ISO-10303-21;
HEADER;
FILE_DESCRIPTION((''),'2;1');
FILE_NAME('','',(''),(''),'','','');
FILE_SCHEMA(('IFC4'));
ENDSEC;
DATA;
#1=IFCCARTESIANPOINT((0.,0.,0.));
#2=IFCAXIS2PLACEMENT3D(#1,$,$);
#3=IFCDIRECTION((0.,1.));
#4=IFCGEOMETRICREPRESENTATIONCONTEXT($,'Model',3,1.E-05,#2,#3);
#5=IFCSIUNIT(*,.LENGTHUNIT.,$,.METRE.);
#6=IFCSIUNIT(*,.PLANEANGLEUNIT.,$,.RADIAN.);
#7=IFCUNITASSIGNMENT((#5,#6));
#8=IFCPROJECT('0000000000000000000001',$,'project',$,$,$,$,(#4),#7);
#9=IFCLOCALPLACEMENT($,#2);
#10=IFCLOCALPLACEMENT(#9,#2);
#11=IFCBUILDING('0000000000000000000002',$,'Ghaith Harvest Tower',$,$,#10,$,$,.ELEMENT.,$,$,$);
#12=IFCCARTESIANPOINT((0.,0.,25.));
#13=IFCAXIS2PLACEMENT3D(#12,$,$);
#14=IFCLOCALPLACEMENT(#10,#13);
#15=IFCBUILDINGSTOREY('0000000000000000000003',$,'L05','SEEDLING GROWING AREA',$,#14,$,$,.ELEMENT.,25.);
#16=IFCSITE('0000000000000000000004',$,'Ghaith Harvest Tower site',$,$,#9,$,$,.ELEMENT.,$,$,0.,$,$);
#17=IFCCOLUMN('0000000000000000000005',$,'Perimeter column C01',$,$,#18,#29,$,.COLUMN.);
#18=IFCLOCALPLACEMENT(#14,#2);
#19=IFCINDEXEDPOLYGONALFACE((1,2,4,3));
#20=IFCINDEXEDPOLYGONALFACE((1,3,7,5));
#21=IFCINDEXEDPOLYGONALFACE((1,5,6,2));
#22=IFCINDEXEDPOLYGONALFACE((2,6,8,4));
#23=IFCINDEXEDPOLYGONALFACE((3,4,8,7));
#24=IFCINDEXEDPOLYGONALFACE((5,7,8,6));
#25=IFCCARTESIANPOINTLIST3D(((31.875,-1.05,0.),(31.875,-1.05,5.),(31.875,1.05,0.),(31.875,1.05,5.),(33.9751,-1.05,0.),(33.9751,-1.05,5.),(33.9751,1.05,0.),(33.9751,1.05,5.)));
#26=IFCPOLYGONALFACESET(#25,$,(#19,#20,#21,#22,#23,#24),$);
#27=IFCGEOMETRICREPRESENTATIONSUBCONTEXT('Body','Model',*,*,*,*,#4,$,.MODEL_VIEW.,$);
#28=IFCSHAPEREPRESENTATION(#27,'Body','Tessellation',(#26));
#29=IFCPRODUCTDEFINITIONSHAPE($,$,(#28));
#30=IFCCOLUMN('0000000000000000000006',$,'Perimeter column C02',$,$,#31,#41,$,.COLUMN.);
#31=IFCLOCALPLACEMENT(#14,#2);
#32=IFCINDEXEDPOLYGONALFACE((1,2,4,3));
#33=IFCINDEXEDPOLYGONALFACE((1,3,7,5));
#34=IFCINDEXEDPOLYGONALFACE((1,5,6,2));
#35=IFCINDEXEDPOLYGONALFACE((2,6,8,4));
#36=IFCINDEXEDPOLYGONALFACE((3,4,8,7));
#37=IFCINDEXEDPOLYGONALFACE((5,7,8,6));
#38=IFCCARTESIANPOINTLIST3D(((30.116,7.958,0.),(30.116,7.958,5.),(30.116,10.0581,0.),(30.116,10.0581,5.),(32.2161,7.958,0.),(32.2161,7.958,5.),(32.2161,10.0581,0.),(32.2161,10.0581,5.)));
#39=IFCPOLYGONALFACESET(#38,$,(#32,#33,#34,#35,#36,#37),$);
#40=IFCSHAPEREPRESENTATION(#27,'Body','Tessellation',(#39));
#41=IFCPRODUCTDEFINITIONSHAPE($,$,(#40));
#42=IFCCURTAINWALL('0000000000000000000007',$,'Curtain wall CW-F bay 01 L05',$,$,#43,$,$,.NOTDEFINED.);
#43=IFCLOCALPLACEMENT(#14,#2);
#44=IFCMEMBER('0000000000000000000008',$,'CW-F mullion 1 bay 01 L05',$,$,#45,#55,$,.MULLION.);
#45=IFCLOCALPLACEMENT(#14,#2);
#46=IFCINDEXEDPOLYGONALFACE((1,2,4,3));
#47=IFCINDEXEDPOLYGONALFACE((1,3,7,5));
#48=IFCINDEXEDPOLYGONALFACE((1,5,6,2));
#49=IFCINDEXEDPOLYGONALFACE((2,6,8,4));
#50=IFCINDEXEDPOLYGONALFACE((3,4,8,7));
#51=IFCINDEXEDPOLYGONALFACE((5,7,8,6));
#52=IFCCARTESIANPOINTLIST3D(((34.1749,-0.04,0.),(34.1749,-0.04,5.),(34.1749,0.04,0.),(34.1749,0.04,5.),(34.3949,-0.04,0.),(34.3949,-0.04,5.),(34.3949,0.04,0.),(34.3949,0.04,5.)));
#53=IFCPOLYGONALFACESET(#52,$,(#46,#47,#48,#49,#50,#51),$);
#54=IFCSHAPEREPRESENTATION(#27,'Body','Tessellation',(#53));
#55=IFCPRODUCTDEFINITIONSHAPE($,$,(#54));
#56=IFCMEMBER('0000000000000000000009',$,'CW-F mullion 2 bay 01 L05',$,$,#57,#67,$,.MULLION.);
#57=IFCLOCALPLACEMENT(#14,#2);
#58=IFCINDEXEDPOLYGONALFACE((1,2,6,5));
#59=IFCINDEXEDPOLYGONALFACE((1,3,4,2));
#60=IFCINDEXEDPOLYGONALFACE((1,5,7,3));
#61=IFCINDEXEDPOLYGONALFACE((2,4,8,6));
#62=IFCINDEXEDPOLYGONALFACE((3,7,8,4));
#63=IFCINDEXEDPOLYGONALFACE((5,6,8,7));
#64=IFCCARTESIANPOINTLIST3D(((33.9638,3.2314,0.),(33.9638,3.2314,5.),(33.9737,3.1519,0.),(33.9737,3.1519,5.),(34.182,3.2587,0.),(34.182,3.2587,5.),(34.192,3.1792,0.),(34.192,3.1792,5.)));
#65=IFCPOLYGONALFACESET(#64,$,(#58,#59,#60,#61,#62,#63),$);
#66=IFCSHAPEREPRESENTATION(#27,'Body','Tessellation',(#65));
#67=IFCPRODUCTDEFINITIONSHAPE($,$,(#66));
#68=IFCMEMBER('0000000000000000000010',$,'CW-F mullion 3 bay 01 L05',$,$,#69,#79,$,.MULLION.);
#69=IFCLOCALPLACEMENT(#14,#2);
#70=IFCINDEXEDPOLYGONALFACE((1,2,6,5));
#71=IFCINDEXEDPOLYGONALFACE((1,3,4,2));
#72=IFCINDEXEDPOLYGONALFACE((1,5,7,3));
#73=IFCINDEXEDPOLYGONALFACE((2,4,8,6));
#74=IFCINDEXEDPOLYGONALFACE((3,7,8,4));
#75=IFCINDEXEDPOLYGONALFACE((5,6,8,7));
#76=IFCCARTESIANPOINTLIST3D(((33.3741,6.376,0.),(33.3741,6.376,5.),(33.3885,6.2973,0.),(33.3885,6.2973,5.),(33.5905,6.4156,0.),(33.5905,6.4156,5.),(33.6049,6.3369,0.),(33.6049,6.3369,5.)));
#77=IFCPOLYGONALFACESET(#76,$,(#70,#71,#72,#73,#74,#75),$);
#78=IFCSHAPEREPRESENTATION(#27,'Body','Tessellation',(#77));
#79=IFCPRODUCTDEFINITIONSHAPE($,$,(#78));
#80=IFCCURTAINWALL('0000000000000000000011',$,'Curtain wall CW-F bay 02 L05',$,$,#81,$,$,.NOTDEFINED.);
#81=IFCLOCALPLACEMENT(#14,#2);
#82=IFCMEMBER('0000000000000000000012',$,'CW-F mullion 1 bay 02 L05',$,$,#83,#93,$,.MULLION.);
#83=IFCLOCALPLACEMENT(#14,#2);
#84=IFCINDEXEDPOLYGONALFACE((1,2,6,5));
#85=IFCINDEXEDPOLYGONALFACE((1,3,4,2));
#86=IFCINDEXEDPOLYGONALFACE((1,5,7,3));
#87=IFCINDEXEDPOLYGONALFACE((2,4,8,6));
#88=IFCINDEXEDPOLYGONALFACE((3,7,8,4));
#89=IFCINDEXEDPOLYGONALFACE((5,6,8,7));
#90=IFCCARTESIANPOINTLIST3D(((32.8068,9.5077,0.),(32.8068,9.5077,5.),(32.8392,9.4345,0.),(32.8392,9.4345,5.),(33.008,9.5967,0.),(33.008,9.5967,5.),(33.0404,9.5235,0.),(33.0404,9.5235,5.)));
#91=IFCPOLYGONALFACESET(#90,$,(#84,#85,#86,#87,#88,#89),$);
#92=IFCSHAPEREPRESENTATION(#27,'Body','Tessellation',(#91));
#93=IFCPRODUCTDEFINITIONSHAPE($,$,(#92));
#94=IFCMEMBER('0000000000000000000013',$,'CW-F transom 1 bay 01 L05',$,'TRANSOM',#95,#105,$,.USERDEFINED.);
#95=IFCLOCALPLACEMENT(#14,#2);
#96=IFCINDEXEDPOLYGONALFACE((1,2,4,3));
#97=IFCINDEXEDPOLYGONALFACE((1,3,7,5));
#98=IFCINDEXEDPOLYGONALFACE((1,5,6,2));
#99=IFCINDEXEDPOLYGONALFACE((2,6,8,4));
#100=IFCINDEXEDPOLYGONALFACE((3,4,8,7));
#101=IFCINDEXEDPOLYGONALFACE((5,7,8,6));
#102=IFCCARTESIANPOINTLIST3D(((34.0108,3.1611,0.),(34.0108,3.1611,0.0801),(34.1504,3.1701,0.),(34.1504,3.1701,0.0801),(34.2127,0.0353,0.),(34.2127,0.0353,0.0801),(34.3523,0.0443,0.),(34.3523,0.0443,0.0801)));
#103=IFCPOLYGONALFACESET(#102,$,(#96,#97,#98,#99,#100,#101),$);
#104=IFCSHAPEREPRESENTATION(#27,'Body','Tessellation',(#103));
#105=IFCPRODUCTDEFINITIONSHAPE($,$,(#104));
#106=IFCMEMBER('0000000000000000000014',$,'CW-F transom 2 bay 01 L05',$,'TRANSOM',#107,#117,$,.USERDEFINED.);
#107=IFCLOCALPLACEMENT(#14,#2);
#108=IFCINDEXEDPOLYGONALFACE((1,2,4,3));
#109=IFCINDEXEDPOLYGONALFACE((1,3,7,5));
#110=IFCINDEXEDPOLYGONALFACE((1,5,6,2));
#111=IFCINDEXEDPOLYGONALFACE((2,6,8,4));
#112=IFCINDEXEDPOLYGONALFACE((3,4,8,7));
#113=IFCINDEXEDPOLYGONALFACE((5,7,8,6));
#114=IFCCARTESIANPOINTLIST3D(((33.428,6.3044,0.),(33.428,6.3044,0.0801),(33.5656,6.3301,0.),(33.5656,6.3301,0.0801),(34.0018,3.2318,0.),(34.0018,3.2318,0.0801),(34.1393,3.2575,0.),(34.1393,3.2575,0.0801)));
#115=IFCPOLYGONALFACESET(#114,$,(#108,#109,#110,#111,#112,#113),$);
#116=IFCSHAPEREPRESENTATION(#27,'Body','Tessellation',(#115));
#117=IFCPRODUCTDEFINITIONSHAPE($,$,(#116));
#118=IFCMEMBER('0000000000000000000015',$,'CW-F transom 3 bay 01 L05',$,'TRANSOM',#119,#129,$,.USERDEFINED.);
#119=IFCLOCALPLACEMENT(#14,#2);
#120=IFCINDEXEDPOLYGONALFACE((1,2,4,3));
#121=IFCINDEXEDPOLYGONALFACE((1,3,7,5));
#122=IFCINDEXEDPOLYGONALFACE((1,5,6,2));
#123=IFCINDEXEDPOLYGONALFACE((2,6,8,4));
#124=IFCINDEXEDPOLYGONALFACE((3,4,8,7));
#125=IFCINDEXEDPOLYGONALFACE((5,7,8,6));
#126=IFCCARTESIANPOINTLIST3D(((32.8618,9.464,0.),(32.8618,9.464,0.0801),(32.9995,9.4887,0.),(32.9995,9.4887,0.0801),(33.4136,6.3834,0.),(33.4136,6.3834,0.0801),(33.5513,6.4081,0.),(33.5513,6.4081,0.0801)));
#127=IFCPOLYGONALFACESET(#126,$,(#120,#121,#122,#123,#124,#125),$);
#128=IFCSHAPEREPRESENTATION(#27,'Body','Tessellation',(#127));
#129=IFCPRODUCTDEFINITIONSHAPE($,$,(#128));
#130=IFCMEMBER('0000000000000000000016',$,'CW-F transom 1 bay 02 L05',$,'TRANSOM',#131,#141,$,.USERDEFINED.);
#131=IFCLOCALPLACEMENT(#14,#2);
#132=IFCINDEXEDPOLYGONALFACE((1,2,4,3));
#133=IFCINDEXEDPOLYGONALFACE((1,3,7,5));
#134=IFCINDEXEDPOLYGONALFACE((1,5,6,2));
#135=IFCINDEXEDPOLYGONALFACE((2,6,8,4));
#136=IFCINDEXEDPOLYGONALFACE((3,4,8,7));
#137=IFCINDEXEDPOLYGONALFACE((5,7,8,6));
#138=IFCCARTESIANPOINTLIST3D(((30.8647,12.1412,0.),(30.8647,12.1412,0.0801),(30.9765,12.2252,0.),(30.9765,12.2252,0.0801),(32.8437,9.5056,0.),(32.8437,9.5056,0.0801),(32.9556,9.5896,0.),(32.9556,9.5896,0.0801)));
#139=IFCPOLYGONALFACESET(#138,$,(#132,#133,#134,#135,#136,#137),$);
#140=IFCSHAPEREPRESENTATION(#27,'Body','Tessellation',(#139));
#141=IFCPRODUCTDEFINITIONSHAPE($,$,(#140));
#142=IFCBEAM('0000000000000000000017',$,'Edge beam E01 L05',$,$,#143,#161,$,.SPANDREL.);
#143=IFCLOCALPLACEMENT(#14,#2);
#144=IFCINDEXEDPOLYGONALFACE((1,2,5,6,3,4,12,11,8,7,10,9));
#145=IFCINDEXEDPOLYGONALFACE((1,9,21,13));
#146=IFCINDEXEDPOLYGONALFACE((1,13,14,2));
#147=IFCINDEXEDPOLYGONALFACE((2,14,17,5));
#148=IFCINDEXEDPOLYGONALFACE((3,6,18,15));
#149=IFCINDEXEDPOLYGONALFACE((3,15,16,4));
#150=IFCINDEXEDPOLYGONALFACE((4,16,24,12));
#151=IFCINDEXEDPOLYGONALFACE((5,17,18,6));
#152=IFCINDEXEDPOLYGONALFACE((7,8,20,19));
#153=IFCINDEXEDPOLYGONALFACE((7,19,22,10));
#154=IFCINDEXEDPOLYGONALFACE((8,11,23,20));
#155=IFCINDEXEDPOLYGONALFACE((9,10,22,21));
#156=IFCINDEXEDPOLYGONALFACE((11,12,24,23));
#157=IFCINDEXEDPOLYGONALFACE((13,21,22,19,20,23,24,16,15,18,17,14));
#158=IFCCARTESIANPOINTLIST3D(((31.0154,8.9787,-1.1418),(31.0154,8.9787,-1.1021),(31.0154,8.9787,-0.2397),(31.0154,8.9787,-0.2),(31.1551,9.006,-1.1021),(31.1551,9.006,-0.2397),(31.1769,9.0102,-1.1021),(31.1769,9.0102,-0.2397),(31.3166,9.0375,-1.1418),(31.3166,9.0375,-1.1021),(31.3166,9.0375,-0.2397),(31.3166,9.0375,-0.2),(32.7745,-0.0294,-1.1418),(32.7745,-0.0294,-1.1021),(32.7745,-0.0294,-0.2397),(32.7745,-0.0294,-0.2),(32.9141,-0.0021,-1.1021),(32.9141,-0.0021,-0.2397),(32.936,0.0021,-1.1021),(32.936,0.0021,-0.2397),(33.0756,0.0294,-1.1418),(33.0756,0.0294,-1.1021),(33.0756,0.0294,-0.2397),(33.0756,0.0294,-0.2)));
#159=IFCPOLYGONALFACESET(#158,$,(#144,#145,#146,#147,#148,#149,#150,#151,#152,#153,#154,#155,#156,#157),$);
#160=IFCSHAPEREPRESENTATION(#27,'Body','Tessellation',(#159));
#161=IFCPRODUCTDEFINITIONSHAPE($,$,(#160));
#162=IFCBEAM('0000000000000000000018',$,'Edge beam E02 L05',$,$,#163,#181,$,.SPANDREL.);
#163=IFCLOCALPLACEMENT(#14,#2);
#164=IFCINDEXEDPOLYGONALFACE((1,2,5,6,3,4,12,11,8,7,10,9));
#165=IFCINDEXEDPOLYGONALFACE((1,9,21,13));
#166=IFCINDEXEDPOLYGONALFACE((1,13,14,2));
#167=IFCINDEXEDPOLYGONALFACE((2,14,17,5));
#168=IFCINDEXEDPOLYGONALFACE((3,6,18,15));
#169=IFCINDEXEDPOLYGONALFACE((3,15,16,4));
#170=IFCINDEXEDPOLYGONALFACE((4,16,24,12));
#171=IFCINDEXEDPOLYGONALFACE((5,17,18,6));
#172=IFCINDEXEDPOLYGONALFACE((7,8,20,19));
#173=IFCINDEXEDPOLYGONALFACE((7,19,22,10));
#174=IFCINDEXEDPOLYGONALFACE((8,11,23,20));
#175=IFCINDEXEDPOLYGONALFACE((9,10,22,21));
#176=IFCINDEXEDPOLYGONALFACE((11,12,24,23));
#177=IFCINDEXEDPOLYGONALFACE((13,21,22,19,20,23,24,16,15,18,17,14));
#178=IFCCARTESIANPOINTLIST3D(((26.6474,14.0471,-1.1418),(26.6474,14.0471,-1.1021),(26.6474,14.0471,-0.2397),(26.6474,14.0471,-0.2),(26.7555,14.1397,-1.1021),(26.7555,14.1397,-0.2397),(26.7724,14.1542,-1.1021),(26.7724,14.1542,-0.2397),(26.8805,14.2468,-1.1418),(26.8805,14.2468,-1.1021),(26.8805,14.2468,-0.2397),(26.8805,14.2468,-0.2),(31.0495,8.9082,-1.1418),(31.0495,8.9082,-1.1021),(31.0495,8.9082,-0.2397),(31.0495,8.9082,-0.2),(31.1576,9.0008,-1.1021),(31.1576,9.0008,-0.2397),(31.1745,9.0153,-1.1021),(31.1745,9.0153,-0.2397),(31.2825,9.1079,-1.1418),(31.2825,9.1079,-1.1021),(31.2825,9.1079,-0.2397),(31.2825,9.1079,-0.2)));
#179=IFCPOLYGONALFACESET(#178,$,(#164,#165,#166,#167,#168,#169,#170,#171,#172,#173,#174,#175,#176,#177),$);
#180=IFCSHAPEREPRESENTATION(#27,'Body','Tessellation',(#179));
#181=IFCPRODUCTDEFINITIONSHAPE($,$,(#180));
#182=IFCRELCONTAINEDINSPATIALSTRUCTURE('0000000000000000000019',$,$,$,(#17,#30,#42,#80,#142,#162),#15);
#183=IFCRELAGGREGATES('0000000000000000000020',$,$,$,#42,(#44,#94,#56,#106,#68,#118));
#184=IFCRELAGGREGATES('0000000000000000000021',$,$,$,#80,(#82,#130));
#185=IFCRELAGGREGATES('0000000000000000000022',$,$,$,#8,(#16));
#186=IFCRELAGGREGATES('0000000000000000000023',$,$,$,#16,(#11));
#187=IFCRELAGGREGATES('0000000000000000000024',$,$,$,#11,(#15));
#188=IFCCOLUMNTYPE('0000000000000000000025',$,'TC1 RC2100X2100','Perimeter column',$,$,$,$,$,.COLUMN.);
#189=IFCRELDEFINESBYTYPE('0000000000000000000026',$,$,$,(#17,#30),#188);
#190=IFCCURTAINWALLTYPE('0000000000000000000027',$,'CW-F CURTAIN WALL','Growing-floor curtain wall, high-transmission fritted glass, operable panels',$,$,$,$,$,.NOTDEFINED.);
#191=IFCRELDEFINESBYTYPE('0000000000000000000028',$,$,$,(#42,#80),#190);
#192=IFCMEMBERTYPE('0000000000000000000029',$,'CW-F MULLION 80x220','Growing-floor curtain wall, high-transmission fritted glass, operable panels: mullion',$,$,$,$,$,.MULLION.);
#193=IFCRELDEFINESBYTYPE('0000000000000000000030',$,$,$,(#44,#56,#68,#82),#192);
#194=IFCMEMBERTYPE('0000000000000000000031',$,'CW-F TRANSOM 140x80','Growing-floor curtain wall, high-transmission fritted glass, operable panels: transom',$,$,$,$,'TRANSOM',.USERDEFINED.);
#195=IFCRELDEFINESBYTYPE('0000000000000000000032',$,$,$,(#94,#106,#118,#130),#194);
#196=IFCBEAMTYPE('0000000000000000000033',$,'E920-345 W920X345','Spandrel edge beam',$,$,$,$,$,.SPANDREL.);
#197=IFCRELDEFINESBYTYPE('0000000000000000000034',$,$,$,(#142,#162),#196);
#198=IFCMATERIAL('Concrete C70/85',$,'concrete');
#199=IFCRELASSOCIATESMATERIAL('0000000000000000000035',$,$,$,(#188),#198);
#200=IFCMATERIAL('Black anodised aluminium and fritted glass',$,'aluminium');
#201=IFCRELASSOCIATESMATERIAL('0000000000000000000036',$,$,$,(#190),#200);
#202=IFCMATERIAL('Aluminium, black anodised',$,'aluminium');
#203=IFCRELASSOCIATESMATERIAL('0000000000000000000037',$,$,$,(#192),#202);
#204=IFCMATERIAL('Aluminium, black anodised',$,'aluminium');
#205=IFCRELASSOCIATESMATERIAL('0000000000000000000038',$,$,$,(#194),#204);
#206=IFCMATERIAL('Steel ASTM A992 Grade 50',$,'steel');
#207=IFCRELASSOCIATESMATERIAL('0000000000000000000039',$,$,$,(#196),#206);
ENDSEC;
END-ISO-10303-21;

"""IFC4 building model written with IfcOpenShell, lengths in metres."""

from ifc_helpers import new_model, si_unit, direction, frame, origin, origin_2d, place, context, subcontext, project, spatial, rectangle, i_section, extrude, material, material_profile, profile_set, type_object, element, aggregate, save


model = new_model("IFC4")

# Units and contexts
model_context = context("Model", 3, precision=1e-05, world=origin(), true_north=direction((0.0, 1.0)))
body_context = subcontext(model_context, "Body", "Model", "MODEL_VIEW")
ifc_project = project(units=[si_unit("LENGTHUNIT", "METRE"), si_unit("PLANEANGLEUNIT", "RADIAN")], contexts=[model_context])

# Site, building, storey
site_placement = place(None, origin())
site = spatial("IfcSite", under=ifc_project, at=site_placement, Name="Ghaith Harvest Tower site", CompositionType="ELEMENT", RefElevation=0.0)
building_placement = place(site_placement, origin())
building = spatial("IfcBuilding", under=site, at=building_placement, Name="Ghaith Harvest Tower", CompositionType="ELEMENT")
storey_placement = place(building_placement, frame((0.0, 0.0, 25.0)))
storey = spatial("IfcBuildingStorey", under=building, at=storey_placement, Name="L05", Description="SEEDLING GROWING AREA", CompositionType="ELEMENT", Elevation=25.0)

# Columns
ifc_material_1 = material(Name="Concrete C70/85", Category="concrete")
ifc_material_profile_1 = material_profile(ifc_material_1, rectangle(XDim=2.1001, YDim=2.1001, at=origin_2d()), Name="RC2100X2100")
ifc_profile_set_1 = profile_set([ifc_material_profile_1], Name="Concrete C70/85")
column_type = type_object("IfcColumnType", Name="TC1 RC2100X2100", Description="Perimeter column", PredefinedType="COLUMN", material=ifc_profile_set_1)
for number, where, z_axis, x_axis, name in (
    (1, (32.925, 0.0, 0.0), (0.0, 0.0, 1.0), (1.0, 0.0, 0.0), "Perimeter column C01"),
    (2, (31.166, 9.0081, 0.0), (0.0, 0.0, 1.0), (1.0, 0.0, 0.0), "Perimeter column C02"),
):
    element("IfcColumn", number, at=place(storey_placement, frame(where, z_axis=z_axis, x_axis=x_axis)), inside=storey, type_object=column_type, Name=name, PredefinedType="COLUMN", context=body_context, shape_type="SweptSolid", body=[
        extrude(rectangle(XDim=2.1001, YDim=2.1001, at=origin_2d()), origin(), (0.0, 0.0, 1.0), 5.0),
    ])

# Curtain wall, members
ifc_material_2 = material(Name="Black anodised aluminium and fritted glass", Category="aluminium")
curtain_wall_type = type_object("IfcCurtainWallType", Name="CW-F CURTAIN WALL", Description="Growing-floor curtain wall, high-transmission fritted glass, operable panels", PredefinedType="NOTDEFINED", material=ifc_material_2)
curtain_wall_1_placement = place(storey_placement, origin())
curtain_wall_1 = element("IfcCurtainWall", 3, at=curtain_wall_1_placement, inside=storey, type_object=curtain_wall_type, Name="Curtain wall CW-F bay 01 L05", PredefinedType="NOTDEFINED")
ifc_material_3 = material(Name="Aluminium, black anodised", Category="aluminium")
ifc_material_profile_2 = material_profile(ifc_material_3, rectangle(XDim=0.0801, YDim=0.22, at=origin_2d()), Name="CW-F MULLION 80x220")
ifc_profile_set_2 = profile_set([ifc_material_profile_2], Name="Aluminium, black anodised")
member_type_1 = type_object("IfcMemberType", Name="CW-F MULLION 80x220", Description="Growing-floor curtain wall, high-transmission fritted glass, operable panels: mullion", PredefinedType="MULLION", material=ifc_profile_set_2)
member_1_placement = place(storey_placement, frame((34.2849, 0.0, 0.0), z_axis=(0.0, 0.0, 1.0), x_axis=(0.0, 1.0, 0.0)))
member_1 = element("IfcMember", 4, at=member_1_placement, type_object=member_type_1, Name="CW-F mullion 1 bay 01 L05", PredefinedType="MULLION", context=body_context, shape_type="SweptSolid", body=[
    extrude(rectangle(XDim=0.0801, YDim=0.22, at=origin_2d()), origin(), (0.0, 0.0, 1.0), 5.0),
])
member_2_placement = place(storey_placement, frame((34.0779, 3.2053, 0.0), z_axis=(0.0, 0.0, 1.0), x_axis=(-0.12417, 0.992261, 0.0)))
member_2 = element("IfcMember", 5, at=member_2_placement, type_object=member_type_1, Name="CW-F mullion 2 bay 01 L05", PredefinedType="MULLION", context=body_context, shape_type="SweptSolid", body=[
    extrude(rectangle(XDim=0.0801, YDim=0.22, at=origin_2d()), origin(), (0.0, 0.0, 1.0), 5.0),
])
member_3_placement = place(storey_placement, frame((33.4895, 6.3564, 0.0), z_axis=(0.0, 0.0, 1.0), x_axis=(-0.179943, 0.983677, 0.0)))
member_3 = element("IfcMember", 6, at=member_3_placement, type_object=member_type_1, Name="CW-F mullion 3 bay 01 L05", PredefinedType="MULLION", context=body_context, shape_type="SweptSolid", body=[
    extrude(rectangle(XDim=0.0801, YDim=0.22, at=origin_2d()), origin(), (0.0, 0.0, 1.0), 5.0),
])

# Curtain wall, member
curtain_wall_2_placement = place(storey_placement, origin())
curtain_wall_2 = element("IfcCurtainWall", 7, at=curtain_wall_2_placement, inside=storey, type_object=curtain_wall_type, Name="Curtain wall CW-F bay 02 L05", PredefinedType="NOTDEFINED")
member_4_placement = place(storey_placement, frame((32.9236, 9.5156, 0.0), z_axis=(0.0, 0.0, 1.0), x_axis=(-0.404702, 0.914449, 0.0)))
member_4 = element("IfcMember", 8, at=member_4_placement, type_object=member_type_1, Name="CW-F mullion 1 bay 02 L05", PredefinedType="MULLION", context=body_context, shape_type="SweptSolid", body=[
    extrude(rectangle(XDim=0.0801, YDim=0.22, at=origin_2d()), origin(), (0.0, 0.0, 1.0), 5.0),
])

# Members
ifc_material_4 = material(Name="Aluminium, black anodised", Category="aluminium")
ifc_material_profile_3 = material_profile(ifc_material_4, rectangle(XDim=0.1399, YDim=0.0801, at=origin_2d()), Name="CW-F TRANSOM 140x80")
ifc_profile_set_3 = profile_set([ifc_material_profile_3], Name="Aluminium, black anodised")
member_type_2 = type_object("IfcMemberType", Name="CW-F TRANSOM 140x80", Description="Growing-floor curtain wall, high-transmission fritted glass, operable panels: transom", ElementType="TRANSOM", PredefinedType="USERDEFINED", material=ifc_profile_set_3)
member_5_placement = place(storey_placement, frame((34.2825, 0.0398, 0.04), z_axis=(-0.06446, 0.99792, 0.0), x_axis=(-0.99792, -0.06446, 0.0)))
member_5 = element("IfcMember", 9, at=member_5_placement, type_object=member_type_2, Name="CW-F transom 1 bay 01 L05", ObjectType="TRANSOM", PredefinedType="USERDEFINED", context=body_context, shape_type="SweptSolid", body=[
    extrude(rectangle(XDim=0.1399, YDim=0.0801, at=origin_2d()), origin(), (0.0, 0.0, 1.0), 3.1323),
])
member_6_placement = place(storey_placement, frame((34.0706, 3.2446, 0.04), z_axis=(-0.183557, 0.983009, 0.0), x_axis=(-0.983009, -0.183557, 0.0)))
member_6 = element("IfcMember", 10, at=member_6_placement, type_object=member_type_2, Name="CW-F transom 2 bay 01 L05", ObjectType="TRANSOM", PredefinedType="USERDEFINED", context=body_context, shape_type="SweptSolid", body=[
    extrude(rectangle(XDim=0.1399, YDim=0.0801, at=origin_2d()), origin(), (0.0, 0.0, 1.0), 3.1257),
])
member_7_placement = place(storey_placement, frame((33.4824, 6.3958, 0.04), z_axis=(-0.176304, 0.984336, 0.0), x_axis=(-0.984336, -0.176304, 0.0)))
member_7 = element("IfcMember", 11, at=member_7_placement, type_object=member_type_2, Name="CW-F transom 3 bay 01 L05", ObjectType="TRANSOM", PredefinedType="USERDEFINED", context=body_context, shape_type="SweptSolid", body=[
    extrude(rectangle(XDim=0.1399, YDim=0.0801, at=origin_2d()), origin(), (0.0, 0.0, 1.0), 3.1296),
])
member_8_placement = place(storey_placement, frame((32.8997, 9.5476, 0.04), z_axis=(-0.600462, 0.799653, 0.0), x_axis=(-0.799653, -0.600462, 0.0)))
member_8 = element("IfcMember", 12, at=member_8_placement, type_object=member_type_2, Name="CW-F transom 1 bay 02 L05", ObjectType="TRANSOM", PredefinedType="USERDEFINED", context=body_context, shape_type="SweptSolid", body=[
    extrude(rectangle(XDim=0.1399, YDim=0.0801, at=origin_2d()), origin(), (0.0, 0.0, 1.0), 3.2959),
])

# Beams
ifc_material_5 = material(Name="Steel ASTM A992 Grade 50", Category="steel")
ifc_material_profile_4 = material_profile(ifc_material_5, i_section(OverallWidth=0.3069, OverallDepth=0.9419, WebThickness=0.0222, FlangeThickness=0.0398, at=origin_2d()), Name="W920X345")
ifc_profile_set_4 = profile_set([ifc_material_profile_4], Name="Steel ASTM A992 Grade 50")
beam_type_1 = type_object("IfcBeamType", Name="E920-345 W920X345", Description="Spandrel edge beam", PredefinedType="SPANDREL", material=ifc_profile_set_4)
beam_1_placement = place(storey_placement, frame((32.925, 0.0, -0.6709), z_axis=(-0.191653, 0.981463, 0.0), x_axis=(-0.981463, -0.191653, 0.0)))
element("IfcBeam", 13, at=beam_1_placement, inside=storey, type_object=beam_type_1, Name="Edge beam E01 L05", PredefinedType="SPANDREL", context=body_context, shape_type="SweptSolid", body=[
    extrude(i_section(OverallWidth=0.3069, OverallDepth=0.9419, WebThickness=0.0222, FlangeThickness=0.0398, at=origin_2d()), origin(), (0.0, 0.0, 1.0), 9.1782),
])
beam_2_placement = place(storey_placement, frame((31.166, 9.0081, -0.6709), z_axis=(-0.650563, 0.759453, 0.0), x_axis=(-0.759453, -0.650563, 0.0)))
element("IfcBeam", 14, at=beam_2_placement, inside=storey, type_object=beam_type_1, Name="Edge beam E02 L05", PredefinedType="SPANDREL", context=body_context, shape_type="SweptSolid", body=[
    extrude(i_section(OverallWidth=0.3069, OverallDepth=0.9419, WebThickness=0.0222, FlangeThickness=0.0398, at=origin_2d()), origin(), (0.0, 0.0, 1.0), 6.7666),
])

aggregate(curtain_wall_1, [member_1, member_5, member_2, member_6, member_3, member_7])
aggregate(curtain_wall_2, [member_4, member_8])

save(model, "model.ifc")
